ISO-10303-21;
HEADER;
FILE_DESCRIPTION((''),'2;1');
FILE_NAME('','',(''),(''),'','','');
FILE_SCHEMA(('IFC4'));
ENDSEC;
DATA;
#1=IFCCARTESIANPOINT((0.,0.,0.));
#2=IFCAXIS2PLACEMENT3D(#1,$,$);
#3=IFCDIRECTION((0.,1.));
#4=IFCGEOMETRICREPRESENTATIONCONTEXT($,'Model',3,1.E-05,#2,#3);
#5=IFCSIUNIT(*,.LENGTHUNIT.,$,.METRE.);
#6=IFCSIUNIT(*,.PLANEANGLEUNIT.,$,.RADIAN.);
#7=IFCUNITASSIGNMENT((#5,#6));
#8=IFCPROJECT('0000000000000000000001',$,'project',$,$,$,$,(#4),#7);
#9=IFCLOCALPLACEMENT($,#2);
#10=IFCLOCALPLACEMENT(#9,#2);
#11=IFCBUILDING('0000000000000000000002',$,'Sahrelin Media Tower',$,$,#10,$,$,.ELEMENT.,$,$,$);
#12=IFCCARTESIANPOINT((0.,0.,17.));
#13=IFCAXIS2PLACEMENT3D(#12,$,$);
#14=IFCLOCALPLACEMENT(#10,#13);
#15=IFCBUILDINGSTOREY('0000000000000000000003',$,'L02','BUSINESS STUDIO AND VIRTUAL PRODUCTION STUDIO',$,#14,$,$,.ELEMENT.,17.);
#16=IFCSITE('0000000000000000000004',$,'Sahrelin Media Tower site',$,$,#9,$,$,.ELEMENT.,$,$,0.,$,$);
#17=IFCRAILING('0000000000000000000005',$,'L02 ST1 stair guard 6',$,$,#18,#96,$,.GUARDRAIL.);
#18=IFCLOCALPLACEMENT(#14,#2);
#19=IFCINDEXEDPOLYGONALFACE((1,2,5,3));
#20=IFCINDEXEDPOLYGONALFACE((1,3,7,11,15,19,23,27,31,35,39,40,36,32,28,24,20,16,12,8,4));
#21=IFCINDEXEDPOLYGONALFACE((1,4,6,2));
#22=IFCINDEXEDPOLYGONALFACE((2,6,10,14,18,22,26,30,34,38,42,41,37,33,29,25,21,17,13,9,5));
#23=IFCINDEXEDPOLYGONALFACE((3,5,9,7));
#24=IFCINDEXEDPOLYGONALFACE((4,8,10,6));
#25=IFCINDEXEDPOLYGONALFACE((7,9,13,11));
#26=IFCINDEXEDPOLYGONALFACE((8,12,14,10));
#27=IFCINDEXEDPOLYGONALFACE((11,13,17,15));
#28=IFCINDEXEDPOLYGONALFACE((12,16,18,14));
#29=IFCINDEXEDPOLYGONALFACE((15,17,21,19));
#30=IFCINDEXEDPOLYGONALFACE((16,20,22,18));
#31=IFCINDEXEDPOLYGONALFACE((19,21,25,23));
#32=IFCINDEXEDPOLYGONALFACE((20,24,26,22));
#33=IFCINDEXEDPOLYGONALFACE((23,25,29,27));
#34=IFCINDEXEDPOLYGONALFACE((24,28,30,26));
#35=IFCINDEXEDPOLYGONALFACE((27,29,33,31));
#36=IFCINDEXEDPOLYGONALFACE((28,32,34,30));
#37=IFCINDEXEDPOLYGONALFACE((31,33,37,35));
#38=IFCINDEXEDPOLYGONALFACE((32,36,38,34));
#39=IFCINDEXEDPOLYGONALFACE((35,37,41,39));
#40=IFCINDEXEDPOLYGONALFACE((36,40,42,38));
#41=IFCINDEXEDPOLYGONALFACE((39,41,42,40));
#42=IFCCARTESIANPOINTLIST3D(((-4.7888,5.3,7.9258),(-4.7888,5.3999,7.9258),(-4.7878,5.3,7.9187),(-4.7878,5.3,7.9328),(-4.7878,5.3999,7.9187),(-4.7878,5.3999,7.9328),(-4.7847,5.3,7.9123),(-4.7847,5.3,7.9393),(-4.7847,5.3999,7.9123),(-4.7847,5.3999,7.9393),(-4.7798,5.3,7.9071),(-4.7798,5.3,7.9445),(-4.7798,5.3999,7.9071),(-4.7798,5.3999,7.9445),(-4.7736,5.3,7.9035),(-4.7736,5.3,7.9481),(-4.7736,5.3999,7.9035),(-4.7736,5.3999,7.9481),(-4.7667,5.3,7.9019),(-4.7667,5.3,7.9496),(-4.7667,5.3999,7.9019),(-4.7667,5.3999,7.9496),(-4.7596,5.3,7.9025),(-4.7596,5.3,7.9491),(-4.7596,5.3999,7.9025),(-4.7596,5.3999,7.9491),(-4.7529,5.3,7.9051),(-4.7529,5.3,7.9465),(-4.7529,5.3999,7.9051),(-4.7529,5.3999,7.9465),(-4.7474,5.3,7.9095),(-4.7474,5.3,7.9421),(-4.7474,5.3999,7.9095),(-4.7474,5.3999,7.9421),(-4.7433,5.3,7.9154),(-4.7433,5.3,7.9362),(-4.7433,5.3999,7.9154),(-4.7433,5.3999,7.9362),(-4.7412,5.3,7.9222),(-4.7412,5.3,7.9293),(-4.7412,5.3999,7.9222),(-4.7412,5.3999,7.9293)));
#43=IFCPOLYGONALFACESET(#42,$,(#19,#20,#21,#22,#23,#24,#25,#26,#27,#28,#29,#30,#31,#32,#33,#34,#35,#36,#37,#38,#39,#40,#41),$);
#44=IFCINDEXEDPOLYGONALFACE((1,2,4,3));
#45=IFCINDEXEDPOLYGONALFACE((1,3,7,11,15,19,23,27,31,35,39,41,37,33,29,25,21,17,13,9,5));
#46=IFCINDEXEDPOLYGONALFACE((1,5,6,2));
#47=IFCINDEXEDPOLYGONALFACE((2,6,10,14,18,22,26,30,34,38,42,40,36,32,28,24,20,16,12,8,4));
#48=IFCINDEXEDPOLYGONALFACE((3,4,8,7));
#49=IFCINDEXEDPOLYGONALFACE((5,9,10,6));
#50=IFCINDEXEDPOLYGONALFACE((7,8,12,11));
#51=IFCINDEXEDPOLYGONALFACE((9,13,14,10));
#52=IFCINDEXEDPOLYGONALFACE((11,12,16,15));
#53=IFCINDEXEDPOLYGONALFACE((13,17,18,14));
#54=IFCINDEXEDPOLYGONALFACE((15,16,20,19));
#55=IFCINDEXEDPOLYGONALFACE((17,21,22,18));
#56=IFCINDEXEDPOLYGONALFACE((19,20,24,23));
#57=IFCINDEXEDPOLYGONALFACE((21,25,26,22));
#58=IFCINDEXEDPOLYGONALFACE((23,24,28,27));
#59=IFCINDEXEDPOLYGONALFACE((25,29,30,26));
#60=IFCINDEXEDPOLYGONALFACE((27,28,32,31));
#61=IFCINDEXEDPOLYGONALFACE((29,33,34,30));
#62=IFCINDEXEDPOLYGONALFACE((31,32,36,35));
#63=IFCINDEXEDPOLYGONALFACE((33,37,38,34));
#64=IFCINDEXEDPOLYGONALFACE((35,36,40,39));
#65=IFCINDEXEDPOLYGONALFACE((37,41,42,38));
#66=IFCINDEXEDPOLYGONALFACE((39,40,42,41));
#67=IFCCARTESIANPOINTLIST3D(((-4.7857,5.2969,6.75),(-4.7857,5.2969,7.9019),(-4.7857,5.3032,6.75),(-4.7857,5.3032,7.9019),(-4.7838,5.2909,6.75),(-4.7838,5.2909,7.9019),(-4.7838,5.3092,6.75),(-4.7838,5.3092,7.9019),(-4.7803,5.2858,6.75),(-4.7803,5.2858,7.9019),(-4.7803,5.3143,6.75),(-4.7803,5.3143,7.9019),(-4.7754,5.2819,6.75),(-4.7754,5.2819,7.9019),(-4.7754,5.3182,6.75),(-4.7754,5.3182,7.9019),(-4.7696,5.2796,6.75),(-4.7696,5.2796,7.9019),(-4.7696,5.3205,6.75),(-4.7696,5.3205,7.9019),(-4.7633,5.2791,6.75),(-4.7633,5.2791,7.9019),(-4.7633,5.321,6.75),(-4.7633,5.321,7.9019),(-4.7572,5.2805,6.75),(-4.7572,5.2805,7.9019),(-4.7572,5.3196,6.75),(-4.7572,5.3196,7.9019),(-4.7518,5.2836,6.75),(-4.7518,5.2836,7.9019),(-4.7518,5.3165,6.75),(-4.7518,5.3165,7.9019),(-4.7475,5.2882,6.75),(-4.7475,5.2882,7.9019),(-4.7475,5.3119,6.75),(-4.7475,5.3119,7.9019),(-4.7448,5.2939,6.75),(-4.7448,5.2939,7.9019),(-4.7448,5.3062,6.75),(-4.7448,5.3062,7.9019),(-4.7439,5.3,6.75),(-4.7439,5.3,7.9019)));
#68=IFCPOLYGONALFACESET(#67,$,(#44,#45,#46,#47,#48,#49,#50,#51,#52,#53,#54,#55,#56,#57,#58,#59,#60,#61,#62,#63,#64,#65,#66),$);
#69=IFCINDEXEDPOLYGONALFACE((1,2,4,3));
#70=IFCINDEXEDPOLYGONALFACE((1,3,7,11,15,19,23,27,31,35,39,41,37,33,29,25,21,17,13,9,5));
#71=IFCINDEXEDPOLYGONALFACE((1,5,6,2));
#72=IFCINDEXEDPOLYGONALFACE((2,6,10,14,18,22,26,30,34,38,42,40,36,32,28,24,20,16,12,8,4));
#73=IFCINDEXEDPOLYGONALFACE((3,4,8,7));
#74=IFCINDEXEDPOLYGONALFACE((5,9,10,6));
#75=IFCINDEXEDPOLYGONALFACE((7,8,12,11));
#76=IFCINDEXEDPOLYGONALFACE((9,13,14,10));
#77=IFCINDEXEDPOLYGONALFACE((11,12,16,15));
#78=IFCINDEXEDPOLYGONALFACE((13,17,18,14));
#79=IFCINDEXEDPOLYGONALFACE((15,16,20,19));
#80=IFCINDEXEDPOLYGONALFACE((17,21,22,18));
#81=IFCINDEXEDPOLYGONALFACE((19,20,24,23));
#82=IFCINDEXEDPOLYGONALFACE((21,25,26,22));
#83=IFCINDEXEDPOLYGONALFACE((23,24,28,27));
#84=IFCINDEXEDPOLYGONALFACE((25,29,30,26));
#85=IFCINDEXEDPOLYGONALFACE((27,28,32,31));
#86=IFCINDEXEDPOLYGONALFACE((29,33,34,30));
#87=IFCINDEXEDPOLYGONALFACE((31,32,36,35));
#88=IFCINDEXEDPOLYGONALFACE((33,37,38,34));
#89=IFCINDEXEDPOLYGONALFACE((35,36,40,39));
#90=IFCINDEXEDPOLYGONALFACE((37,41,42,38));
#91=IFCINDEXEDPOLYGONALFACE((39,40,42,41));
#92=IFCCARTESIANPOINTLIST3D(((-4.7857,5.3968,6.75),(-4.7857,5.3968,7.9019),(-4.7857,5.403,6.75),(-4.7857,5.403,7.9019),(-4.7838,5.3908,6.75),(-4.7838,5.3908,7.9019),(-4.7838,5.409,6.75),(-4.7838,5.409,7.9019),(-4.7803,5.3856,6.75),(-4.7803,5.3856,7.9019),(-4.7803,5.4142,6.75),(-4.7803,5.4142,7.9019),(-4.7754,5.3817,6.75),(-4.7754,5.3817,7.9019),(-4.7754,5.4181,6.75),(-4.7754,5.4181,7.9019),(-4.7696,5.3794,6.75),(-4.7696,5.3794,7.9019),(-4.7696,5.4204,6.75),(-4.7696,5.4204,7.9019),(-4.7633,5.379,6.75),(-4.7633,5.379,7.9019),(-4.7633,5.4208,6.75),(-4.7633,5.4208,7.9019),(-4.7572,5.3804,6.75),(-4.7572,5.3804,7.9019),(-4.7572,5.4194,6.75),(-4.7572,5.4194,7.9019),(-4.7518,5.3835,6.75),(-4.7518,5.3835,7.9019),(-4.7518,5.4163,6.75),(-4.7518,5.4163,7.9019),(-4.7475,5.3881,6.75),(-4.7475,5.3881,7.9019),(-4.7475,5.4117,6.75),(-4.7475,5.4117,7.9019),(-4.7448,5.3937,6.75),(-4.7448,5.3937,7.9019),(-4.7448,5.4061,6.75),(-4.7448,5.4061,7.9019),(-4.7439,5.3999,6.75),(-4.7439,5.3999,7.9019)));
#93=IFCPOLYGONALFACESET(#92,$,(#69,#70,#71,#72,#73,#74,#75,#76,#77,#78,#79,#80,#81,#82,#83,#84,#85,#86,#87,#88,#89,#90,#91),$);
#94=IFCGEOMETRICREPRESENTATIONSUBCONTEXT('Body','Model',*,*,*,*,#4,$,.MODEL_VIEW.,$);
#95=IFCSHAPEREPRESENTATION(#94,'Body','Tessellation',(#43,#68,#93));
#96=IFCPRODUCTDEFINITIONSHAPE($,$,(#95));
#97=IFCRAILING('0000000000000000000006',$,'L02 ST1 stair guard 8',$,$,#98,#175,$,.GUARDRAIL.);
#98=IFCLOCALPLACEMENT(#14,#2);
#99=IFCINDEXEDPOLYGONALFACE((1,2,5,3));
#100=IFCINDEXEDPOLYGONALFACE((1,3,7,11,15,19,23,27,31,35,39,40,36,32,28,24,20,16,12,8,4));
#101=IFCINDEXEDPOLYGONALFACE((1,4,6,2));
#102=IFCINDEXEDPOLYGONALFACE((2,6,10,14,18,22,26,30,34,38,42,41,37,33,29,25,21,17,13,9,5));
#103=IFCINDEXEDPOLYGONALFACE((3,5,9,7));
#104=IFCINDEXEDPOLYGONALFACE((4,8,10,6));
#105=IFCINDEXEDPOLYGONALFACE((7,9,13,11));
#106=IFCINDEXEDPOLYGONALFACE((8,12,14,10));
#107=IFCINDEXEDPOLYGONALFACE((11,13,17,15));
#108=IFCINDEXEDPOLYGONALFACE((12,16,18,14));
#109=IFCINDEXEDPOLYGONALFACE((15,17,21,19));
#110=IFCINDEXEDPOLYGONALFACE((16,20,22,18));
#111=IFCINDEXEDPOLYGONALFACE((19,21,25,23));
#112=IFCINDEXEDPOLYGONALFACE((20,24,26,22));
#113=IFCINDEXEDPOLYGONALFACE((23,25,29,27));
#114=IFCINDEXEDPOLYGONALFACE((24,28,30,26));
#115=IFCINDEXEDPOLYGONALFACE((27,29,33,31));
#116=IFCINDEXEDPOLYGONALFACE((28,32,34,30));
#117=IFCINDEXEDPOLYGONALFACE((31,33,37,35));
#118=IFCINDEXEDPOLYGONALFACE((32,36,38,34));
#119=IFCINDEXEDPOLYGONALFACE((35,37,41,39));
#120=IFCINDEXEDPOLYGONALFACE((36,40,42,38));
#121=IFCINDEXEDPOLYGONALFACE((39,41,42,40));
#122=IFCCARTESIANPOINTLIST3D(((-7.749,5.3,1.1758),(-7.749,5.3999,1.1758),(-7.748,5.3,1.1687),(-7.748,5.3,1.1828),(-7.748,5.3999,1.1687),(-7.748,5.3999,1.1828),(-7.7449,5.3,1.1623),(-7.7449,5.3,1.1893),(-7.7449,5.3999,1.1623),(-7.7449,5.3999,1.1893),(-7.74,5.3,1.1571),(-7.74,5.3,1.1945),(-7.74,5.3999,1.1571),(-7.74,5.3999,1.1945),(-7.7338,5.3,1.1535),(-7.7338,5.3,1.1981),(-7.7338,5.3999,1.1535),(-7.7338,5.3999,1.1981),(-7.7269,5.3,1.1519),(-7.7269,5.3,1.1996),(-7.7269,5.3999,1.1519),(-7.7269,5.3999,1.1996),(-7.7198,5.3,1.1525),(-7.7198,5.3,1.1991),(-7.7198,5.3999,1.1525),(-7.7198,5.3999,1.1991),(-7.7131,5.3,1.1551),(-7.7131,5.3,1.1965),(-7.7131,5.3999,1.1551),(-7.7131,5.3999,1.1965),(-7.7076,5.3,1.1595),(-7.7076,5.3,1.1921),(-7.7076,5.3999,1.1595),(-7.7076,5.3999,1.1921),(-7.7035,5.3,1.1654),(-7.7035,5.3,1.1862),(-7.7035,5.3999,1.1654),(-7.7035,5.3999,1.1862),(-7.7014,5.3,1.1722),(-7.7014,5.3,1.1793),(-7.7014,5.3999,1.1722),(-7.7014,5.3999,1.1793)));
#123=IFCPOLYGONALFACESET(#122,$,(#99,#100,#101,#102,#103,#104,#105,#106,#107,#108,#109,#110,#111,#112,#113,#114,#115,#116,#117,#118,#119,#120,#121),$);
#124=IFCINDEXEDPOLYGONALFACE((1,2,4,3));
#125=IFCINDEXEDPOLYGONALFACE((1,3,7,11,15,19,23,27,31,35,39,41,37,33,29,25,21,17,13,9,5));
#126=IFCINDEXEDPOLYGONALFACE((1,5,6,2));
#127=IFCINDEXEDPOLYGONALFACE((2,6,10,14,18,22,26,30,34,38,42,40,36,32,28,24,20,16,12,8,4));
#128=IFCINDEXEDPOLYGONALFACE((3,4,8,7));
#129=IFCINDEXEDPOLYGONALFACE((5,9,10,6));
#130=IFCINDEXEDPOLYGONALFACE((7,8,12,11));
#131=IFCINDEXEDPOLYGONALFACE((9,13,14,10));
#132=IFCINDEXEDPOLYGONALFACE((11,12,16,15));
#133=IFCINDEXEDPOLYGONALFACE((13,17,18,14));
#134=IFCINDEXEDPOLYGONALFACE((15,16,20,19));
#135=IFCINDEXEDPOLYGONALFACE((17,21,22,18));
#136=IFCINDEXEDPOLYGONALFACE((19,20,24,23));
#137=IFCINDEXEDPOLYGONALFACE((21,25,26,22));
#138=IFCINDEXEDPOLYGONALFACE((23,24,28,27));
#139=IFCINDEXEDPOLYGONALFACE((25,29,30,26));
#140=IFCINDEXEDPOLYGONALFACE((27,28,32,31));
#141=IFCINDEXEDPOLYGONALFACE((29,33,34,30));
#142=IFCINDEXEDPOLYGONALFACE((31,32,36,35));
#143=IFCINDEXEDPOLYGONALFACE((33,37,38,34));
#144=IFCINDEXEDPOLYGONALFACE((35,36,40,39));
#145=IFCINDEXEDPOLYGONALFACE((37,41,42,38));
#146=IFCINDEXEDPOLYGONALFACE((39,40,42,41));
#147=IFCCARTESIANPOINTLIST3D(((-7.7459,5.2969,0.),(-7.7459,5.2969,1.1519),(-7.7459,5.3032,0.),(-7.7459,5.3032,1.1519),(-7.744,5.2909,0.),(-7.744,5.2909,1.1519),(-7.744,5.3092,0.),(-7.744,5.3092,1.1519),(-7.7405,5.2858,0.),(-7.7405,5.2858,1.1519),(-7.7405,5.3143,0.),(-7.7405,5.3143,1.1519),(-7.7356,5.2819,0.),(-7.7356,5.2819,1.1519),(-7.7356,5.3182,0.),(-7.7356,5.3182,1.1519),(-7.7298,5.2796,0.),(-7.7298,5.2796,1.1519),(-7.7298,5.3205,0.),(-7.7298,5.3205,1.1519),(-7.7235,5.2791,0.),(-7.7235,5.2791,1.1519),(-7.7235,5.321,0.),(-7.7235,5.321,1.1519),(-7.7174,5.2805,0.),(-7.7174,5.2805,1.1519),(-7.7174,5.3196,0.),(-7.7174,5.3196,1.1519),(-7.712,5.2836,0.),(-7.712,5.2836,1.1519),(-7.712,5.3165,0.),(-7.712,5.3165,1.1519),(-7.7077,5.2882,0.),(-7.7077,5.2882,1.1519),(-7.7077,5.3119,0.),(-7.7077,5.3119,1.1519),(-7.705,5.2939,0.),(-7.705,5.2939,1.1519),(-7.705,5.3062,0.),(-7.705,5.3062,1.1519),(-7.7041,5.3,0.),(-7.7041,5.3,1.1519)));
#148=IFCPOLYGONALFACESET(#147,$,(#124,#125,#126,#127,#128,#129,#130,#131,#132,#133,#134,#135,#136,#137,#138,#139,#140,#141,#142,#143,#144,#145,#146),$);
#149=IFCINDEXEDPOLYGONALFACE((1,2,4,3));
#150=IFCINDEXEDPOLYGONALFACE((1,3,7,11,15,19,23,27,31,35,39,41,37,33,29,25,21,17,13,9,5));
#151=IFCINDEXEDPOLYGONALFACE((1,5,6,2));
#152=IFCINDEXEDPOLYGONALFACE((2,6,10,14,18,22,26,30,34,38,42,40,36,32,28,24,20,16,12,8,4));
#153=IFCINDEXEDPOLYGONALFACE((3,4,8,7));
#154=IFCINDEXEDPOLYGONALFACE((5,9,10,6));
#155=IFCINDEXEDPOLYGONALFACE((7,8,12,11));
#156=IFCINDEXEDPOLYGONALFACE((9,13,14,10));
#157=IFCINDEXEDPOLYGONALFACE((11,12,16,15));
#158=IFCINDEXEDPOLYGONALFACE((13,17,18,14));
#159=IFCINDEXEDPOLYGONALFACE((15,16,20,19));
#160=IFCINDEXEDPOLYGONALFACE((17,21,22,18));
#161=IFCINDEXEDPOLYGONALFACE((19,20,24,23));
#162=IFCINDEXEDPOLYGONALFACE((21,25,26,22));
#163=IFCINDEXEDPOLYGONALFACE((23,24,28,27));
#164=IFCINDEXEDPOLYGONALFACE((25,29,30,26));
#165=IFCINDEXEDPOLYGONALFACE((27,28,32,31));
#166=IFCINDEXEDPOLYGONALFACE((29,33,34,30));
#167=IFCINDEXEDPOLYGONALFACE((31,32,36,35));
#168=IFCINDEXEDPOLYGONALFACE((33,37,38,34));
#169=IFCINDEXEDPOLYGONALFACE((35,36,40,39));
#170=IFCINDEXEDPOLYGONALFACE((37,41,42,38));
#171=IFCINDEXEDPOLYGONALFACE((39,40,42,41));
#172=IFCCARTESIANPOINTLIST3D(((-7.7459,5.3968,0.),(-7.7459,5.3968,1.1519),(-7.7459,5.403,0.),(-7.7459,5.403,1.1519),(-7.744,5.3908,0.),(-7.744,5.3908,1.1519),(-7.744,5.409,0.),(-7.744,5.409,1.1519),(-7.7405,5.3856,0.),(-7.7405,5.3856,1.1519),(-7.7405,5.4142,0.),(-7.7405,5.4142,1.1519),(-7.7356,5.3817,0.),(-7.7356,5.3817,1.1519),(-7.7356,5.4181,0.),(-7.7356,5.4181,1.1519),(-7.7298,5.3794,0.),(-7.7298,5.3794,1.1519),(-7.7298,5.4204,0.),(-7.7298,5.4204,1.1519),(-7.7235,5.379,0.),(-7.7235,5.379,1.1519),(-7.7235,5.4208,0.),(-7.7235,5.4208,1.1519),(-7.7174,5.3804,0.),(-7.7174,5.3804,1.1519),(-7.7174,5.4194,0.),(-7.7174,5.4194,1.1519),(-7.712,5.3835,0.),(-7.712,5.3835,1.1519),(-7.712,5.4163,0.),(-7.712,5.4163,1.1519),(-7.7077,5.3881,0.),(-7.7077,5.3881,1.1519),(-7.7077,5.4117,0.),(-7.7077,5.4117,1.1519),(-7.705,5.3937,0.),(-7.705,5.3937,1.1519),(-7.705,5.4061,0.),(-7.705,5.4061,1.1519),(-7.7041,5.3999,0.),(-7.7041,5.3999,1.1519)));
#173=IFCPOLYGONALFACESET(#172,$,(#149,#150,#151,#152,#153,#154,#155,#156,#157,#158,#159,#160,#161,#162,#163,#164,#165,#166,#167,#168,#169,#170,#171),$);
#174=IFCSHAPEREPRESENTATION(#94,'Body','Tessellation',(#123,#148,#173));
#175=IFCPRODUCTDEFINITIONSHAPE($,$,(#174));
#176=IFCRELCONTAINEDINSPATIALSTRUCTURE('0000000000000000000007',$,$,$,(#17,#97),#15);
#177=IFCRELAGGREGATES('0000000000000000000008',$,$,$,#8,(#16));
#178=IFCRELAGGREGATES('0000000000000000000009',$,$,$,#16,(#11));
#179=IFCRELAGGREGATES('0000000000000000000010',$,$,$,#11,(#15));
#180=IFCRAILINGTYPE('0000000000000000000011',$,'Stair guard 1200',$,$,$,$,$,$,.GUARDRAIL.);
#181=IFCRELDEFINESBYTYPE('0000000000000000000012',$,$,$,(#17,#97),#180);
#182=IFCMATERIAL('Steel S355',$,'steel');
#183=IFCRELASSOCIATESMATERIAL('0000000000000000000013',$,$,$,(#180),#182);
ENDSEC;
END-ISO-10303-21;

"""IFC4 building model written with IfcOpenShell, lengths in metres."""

from ifc_helpers import new_model, si_unit, direction, frame, origin, origin_2d, place, context, subcontext, project, spatial, circle, extrude, material, type_object, element, save


model = new_model("IFC4")

# Units and contexts
model_context = context("Model", 3, precision=1e-05, world=origin(), true_north=direction((0.0, 1.0)))
body_context = subcontext(model_context, "Body", "Model", "MODEL_VIEW")
ifc_project = project(units=[si_unit("LENGTHUNIT", "METRE"), si_unit("PLANEANGLEUNIT", "RADIAN")], contexts=[model_context])

# Site, building, storey
site_placement = place(None, origin())
site = spatial("IfcSite", under=ifc_project, at=site_placement, Name="Sahrelin Media Tower site", CompositionType="ELEMENT", RefElevation=0.0)
building_placement = place(site_placement, origin())
building = spatial("IfcBuilding", under=site, at=building_placement, Name="Sahrelin Media Tower", CompositionType="ELEMENT")
storey_placement = place(building_placement, frame((0.0, 0.0, 17.0)))
storey = spatial("IfcBuildingStorey", under=building, at=storey_placement, Name="L02", Description="BUSINESS STUDIO AND VIRTUAL PRODUCTION STUDIO", CompositionType="ELEMENT", Elevation=17.0)

# Railings
ifc_material_1 = material(Name="Steel S355", Category="steel")
railing_type_1 = type_object("IfcRailingType", Name="Stair guard 1200", PredefinedType="GUARDRAIL", material=ifc_material_1)
for number, where, name in (
    (1, (-4.7649, 5.3, 6.75), "L02 ST1 stair guard 6"),
    (2, (-7.7251, 5.3, 0.0), "L02 ST1 stair guard 8"),
):
    element("IfcRailing", number, at=place(storey_placement, frame(where)), inside=storey, type_object=railing_type_1, Name=name, PredefinedType="GUARDRAIL", context=body_context, shape_type="SweptSolid", body=[
        extrude(circle(Radius=0.0239, at=origin_2d()), frame((0.0, 0.0, 1.1758), z_axis=(0.0, 1.0, 0.0), x_axis=(-1.0, 0.0, 0.0)), (0.0, 0.0, 1.0), 0.0999),
        extrude(circle(Radius=0.021, at=origin_2d()), origin(), (0.0, 0.0, 1.0), 1.1519),
        extrude(circle(Radius=0.021, at=origin_2d()), frame((0.0, 0.0999, 0.0)), (0.0, 0.0, 1.0), 1.1519),
    ])

save(model, "model.ifc")
